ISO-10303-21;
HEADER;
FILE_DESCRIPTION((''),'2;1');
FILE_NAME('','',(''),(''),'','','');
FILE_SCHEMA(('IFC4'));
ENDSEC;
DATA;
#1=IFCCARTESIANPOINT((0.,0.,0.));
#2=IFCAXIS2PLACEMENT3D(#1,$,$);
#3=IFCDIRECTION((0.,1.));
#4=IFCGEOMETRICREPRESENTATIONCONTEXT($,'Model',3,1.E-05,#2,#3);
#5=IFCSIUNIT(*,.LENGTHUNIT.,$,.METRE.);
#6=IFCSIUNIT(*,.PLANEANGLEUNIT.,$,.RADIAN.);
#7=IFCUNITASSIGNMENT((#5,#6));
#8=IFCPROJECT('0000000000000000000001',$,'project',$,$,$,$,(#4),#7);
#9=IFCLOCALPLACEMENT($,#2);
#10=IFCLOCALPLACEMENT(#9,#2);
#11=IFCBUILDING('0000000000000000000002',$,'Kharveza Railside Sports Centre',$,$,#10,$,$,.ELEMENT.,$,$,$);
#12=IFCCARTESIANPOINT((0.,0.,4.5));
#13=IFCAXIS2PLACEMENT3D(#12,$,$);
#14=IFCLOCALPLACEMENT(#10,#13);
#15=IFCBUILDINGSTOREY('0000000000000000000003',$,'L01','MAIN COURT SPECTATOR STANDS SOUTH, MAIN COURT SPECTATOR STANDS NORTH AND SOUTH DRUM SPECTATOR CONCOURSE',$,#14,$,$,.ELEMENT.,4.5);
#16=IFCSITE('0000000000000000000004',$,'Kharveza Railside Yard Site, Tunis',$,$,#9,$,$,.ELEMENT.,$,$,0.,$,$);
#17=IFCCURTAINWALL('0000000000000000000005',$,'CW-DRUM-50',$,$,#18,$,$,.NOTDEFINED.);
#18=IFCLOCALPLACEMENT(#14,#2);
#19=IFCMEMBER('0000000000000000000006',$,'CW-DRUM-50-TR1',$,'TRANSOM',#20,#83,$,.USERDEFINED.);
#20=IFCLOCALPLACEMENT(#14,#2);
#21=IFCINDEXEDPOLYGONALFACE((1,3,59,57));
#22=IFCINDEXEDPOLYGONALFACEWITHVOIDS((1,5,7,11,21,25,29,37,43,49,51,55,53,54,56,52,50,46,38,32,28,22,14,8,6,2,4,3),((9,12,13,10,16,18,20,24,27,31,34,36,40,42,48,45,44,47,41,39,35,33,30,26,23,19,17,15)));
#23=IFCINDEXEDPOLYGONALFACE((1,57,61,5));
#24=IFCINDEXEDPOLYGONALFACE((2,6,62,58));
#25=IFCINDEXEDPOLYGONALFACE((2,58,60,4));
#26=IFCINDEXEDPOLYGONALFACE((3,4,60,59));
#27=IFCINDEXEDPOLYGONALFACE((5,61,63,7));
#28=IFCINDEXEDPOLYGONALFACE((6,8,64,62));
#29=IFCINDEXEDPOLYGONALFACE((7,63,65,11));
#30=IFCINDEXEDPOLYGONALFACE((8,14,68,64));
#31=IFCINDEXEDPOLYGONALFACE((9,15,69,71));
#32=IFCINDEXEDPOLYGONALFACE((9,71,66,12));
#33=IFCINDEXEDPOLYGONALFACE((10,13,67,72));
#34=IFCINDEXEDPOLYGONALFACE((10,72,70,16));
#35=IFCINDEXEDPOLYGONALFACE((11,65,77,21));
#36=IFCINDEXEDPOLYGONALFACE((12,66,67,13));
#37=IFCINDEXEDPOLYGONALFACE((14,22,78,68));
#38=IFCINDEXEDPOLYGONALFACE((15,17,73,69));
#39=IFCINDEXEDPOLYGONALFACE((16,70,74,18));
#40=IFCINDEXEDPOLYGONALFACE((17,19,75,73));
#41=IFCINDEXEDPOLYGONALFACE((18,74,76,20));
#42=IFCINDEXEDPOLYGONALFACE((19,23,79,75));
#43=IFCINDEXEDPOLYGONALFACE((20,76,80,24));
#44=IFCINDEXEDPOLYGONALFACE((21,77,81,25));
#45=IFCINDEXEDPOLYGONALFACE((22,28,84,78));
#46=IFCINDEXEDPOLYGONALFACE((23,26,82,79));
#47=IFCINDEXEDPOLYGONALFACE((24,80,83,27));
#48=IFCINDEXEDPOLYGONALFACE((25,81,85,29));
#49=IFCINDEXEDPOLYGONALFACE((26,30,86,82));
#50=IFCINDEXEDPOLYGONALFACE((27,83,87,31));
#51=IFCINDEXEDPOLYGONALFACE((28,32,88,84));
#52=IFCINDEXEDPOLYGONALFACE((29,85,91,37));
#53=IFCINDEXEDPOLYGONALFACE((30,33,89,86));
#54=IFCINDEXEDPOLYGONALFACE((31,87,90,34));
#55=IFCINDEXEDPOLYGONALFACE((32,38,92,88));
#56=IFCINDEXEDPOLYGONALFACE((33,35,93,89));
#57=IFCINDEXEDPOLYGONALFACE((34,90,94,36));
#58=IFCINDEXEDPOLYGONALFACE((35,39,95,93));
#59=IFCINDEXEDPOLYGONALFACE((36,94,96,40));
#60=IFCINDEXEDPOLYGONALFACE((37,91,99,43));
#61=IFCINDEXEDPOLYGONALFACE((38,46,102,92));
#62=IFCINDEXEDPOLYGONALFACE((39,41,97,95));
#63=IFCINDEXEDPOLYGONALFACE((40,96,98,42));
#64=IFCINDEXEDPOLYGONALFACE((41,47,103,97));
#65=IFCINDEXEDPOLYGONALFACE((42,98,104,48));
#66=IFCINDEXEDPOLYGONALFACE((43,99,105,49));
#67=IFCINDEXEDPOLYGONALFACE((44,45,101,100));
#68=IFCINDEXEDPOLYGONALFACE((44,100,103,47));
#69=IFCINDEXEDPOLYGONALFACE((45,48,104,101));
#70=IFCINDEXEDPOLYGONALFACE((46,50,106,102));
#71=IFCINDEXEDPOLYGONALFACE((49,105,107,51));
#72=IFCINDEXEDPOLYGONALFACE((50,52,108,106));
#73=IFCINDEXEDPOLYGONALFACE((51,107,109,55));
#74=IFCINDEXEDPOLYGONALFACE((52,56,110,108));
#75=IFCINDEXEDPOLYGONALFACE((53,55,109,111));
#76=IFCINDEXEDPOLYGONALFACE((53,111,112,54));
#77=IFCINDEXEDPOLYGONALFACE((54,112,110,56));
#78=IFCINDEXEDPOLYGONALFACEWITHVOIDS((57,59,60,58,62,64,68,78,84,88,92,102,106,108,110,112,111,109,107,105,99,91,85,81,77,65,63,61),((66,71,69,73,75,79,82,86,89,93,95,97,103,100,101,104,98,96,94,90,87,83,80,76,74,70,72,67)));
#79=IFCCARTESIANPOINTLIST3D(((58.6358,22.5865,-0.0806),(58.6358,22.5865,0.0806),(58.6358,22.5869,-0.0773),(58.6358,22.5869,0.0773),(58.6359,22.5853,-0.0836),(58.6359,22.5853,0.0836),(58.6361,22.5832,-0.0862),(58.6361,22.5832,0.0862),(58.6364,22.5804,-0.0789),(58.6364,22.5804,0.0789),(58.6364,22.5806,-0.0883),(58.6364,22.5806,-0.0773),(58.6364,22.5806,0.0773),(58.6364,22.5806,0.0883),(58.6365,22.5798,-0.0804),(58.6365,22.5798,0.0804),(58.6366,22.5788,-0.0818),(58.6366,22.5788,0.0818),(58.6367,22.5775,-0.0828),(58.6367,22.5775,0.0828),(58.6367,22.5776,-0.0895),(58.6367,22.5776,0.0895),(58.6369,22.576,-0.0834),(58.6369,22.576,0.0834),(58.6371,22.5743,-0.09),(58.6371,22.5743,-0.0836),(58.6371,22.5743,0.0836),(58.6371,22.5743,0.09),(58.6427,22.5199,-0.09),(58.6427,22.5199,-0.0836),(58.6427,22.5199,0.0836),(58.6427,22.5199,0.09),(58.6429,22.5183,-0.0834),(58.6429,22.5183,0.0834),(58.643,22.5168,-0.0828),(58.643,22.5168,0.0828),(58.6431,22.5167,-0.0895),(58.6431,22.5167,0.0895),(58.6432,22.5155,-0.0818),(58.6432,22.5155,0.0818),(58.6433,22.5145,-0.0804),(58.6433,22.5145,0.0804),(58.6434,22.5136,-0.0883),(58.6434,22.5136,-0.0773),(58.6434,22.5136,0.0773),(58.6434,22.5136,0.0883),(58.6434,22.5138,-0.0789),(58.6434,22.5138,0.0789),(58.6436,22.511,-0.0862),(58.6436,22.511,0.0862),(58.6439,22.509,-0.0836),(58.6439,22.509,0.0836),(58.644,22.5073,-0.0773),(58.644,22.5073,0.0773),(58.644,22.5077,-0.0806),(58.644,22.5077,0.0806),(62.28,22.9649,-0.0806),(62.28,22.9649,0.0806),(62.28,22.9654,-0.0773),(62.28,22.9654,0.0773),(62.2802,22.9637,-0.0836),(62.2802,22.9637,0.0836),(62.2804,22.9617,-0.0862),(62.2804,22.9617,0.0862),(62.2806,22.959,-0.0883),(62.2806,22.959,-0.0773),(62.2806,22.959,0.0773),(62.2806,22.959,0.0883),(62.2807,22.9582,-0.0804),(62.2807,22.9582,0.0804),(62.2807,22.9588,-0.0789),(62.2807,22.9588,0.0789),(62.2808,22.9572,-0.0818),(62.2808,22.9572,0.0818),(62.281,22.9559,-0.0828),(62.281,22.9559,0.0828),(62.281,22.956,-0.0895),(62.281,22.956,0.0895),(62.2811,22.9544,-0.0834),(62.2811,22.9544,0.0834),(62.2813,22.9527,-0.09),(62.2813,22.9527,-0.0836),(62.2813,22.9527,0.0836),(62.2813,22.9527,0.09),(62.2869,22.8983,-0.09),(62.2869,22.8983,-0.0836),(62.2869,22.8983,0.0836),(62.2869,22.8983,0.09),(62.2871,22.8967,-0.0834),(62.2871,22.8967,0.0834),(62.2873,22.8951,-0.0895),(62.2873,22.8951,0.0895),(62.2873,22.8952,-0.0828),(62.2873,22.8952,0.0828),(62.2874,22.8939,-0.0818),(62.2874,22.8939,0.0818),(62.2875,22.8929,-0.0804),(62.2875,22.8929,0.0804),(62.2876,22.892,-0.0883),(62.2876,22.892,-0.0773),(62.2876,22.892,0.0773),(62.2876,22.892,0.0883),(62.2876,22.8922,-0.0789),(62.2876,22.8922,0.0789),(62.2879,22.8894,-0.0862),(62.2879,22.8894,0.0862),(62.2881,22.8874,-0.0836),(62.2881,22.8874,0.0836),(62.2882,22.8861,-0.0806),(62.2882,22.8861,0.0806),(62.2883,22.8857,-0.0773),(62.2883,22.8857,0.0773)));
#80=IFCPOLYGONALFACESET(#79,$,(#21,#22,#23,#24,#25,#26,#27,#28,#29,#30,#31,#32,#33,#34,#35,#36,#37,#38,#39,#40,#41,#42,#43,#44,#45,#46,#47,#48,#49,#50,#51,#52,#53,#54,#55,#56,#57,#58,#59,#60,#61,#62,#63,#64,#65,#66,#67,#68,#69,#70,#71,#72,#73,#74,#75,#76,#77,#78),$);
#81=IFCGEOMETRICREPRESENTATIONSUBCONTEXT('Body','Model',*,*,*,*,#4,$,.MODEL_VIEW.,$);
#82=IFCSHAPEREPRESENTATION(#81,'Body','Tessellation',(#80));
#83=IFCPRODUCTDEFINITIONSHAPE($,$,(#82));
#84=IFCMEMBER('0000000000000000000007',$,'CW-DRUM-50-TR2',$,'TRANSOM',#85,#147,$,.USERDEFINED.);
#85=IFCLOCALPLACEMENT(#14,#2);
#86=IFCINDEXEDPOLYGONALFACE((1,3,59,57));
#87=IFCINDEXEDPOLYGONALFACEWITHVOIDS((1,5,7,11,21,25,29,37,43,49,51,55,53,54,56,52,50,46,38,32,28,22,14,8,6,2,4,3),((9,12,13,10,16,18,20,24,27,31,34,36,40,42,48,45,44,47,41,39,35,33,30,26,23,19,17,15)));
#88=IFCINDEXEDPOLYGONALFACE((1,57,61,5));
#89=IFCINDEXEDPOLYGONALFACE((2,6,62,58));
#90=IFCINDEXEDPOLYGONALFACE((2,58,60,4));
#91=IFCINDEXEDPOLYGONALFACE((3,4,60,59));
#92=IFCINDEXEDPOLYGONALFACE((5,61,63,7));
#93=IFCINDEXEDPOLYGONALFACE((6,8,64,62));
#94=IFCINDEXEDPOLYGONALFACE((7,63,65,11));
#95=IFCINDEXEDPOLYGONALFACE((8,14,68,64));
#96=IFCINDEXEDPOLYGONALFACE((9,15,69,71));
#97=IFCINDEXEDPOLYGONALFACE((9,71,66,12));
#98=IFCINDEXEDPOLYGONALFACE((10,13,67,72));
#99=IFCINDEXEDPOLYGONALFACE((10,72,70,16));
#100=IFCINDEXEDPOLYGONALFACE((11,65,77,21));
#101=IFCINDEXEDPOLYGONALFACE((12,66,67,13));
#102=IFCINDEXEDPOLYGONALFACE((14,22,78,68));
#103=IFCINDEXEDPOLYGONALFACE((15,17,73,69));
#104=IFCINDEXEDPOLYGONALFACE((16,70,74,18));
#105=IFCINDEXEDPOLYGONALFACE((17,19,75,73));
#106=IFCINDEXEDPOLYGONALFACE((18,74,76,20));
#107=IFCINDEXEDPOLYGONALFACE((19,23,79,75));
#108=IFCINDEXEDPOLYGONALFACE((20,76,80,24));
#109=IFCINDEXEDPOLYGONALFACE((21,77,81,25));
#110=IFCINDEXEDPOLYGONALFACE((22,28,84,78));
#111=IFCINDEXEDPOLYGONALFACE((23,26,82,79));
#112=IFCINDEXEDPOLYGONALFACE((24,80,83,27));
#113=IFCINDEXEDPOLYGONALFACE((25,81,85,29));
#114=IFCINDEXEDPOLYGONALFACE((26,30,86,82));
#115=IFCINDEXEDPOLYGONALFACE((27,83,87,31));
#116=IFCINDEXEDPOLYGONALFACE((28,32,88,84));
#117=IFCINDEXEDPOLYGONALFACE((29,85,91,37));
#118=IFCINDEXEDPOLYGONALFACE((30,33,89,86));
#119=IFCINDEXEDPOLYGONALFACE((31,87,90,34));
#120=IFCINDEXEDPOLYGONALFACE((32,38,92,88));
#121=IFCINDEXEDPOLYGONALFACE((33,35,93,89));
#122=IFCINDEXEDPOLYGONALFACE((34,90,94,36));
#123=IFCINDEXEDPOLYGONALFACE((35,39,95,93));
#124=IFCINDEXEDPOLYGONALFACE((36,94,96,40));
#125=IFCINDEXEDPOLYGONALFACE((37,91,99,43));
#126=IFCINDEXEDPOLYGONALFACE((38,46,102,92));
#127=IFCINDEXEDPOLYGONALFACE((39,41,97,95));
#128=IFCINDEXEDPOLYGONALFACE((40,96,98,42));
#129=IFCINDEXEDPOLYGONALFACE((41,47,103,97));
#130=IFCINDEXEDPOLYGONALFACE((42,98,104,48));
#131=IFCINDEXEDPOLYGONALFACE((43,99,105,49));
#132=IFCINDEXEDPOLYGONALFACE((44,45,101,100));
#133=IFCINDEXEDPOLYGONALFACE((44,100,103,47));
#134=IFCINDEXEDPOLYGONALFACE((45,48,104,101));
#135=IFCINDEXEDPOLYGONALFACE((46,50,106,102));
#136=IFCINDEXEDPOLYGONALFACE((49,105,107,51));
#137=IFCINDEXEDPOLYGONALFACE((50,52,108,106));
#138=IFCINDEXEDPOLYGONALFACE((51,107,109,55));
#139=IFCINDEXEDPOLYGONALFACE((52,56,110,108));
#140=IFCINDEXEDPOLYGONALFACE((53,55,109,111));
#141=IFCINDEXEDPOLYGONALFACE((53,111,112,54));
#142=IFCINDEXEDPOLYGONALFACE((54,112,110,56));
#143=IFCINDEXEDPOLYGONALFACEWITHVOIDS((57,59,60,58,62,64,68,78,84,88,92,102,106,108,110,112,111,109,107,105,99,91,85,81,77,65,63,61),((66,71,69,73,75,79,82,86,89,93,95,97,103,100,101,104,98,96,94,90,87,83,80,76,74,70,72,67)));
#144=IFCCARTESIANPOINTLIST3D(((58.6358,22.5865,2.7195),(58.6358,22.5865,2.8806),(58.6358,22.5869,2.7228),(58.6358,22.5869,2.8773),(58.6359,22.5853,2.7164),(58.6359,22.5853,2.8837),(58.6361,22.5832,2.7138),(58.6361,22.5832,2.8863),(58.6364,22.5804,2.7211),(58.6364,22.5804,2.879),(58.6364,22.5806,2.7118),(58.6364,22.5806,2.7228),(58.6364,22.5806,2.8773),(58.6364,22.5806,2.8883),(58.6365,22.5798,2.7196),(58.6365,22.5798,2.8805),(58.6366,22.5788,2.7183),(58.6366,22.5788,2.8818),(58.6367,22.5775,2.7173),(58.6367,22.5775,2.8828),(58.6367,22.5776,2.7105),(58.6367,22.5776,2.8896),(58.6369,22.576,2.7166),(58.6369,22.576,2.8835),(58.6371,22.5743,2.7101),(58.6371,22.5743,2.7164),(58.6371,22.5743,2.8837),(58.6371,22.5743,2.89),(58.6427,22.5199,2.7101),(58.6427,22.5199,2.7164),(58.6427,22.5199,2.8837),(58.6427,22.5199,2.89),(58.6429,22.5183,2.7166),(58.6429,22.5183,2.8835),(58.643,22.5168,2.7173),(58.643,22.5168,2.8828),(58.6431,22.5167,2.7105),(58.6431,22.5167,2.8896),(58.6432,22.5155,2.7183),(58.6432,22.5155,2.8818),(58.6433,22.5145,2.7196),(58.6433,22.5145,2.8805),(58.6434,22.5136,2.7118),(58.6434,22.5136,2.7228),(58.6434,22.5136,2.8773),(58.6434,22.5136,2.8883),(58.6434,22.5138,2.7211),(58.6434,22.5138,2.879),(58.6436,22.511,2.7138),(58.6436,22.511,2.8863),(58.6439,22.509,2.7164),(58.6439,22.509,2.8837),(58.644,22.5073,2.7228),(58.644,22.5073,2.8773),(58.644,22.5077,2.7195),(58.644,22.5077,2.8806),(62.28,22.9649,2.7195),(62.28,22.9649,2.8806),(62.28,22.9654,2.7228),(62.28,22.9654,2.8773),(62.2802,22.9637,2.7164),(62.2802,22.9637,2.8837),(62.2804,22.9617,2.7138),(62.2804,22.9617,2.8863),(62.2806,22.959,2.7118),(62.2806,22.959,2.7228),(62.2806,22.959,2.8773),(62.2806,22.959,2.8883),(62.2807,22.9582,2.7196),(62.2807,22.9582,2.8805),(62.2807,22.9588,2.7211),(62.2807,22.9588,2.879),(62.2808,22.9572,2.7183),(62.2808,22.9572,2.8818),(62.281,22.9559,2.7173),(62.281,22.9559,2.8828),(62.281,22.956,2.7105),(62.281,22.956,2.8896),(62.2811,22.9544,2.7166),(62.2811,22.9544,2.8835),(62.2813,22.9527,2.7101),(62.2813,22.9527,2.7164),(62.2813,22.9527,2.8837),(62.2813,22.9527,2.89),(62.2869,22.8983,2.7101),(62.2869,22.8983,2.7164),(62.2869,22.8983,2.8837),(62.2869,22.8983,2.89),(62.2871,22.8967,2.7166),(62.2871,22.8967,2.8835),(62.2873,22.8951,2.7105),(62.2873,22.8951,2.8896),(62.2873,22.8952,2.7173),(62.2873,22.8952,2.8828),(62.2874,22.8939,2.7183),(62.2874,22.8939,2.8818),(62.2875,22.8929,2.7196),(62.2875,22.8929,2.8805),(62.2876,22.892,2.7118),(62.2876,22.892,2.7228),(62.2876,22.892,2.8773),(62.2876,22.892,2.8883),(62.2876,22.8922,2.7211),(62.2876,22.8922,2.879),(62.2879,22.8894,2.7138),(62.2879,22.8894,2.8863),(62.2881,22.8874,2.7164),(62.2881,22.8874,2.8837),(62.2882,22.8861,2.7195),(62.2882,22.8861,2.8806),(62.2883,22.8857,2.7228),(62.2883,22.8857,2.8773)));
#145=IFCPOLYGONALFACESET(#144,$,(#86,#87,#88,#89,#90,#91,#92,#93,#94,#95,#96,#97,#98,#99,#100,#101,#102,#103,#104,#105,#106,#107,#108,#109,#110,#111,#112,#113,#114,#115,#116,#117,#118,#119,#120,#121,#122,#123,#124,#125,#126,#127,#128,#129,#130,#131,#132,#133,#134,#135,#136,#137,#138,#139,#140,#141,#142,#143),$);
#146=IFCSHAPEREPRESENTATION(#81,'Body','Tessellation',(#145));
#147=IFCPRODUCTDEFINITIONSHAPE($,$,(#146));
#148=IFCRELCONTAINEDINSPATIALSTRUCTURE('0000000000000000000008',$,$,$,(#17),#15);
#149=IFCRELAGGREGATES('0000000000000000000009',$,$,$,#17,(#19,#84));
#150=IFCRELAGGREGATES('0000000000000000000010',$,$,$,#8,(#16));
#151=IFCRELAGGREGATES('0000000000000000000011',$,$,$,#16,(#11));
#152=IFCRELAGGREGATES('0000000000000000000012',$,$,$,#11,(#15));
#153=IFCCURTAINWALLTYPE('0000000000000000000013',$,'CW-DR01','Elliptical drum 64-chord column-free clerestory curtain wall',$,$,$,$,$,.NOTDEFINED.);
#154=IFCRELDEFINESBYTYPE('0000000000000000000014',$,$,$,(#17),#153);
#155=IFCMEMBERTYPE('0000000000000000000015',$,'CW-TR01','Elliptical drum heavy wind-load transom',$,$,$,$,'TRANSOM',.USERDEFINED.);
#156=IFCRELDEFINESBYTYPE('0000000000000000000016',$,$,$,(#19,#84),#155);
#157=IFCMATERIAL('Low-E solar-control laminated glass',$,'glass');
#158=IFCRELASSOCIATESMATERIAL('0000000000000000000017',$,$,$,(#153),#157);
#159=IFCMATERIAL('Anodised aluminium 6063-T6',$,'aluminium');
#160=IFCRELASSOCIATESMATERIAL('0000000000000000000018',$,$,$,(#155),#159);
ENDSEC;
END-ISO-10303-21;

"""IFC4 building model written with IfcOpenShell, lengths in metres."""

from ifc_helpers import new_model, si_unit, direction, frame, origin, origin_2d, place, context, subcontext, project, spatial, hollow_rectangle, extrude, material, material_profile, profile_set, type_object, element, aggregate, save


model = new_model("IFC4")

# Units and contexts
model_context = context("Model", 3, precision=1e-05, world=origin(), true_north=direction((0.0, 1.0)))
body_context = subcontext(model_context, "Body", "Model", "MODEL_VIEW")
ifc_project = project(units=[si_unit("LENGTHUNIT", "METRE"), si_unit("PLANEANGLEUNIT", "RADIAN")], contexts=[model_context])

# Site, building, storey
site_placement = place(None, origin())
site = spatial("IfcSite", under=ifc_project, at=site_placement, Name="Kharveza Railside Yard Site, Tunis", CompositionType="ELEMENT", RefElevation=0.0)
building_placement = place(site_placement, origin())
building = spatial("IfcBuilding", under=site, at=building_placement, Name="Kharveza Railside Sports Centre", CompositionType="ELEMENT")
storey_placement = place(building_placement, frame((0.0, 0.0, 4.5)))
storey = spatial("IfcBuildingStorey", under=building, at=storey_placement, Name="L01", Description="MAIN COURT SPECTATOR STANDS SOUTH, MAIN COURT SPECTATOR STANDS NORTH AND SOUTH DRUM SPECTATOR CONCOURSE", CompositionType="ELEMENT", Elevation=4.5)

# Shared definitions
ifc_material_1 = material(Name="Low-E solar-control laminated glass", Category="glass")
curtain_wall_type = type_object("IfcCurtainWallType", Name="CW-DR01", Description="Elliptical drum 64-chord column-free clerestory curtain wall", PredefinedType="NOTDEFINED", material=ifc_material_1)
ifc_material_2 = material(Name="Anodised aluminium 6063-T6", Category="aluminium")

# Curtain wall
curtain_wall_1_placement = place(storey_placement, origin())
curtain_wall_1 = element("IfcCurtainWall", 1, at=curtain_wall_1_placement, inside=storey, type_object=curtain_wall_type, Name="CW-DRUM-50", PredefinedType="NOTDEFINED")

# Members
ifc_material_profile_1 = material_profile(ifc_material_2, hollow_rectangle(XDim=0.0801, YDim=0.1799, WallThickness=0.0063, InnerFilletRadius=0.0063, OuterFilletRadius=0.0127, at=origin_2d()), Name="RHS 80x180x6.3")
ifc_profile_set_1 = profile_set([ifc_material_profile_1], Name="Anodised aluminium 6063-T6")
member_type_1 = type_object("IfcMemberType", Name="CW-TR01", Description="Elliptical drum heavy wind-load transom", ElementType="TRANSOM", PredefinedType="USERDEFINED", material=ifc_profile_set_1)
member_1_placement = place(storey_placement, frame((58.6399, 22.5471, 0.0), z_axis=(0.994652, 0.103283, 0.0), x_axis=(-0.103283, 0.994652, 0.0)))
member_1 = element("IfcMember", 2, at=member_1_placement, type_object=member_type_1, Name="CW-DRUM-50-TR1", ObjectType="TRANSOM", PredefinedType="USERDEFINED", context=body_context, shape_type="SweptSolid", body=[
    extrude(hollow_rectangle(XDim=0.0801, YDim=0.1799, WallThickness=0.0063, InnerFilletRadius=0.0063, OuterFilletRadius=0.0127, at=origin_2d()), origin(), (0.0, 0.0, 1.0), 3.6638),
])
member_2_placement = place(storey_placement, frame((58.6399, 22.5471, 2.8), z_axis=(0.994652, 0.103283, 0.0), x_axis=(-0.103283, 0.994652, 0.0)))
member_2 = element("IfcMember", 3, at=member_2_placement, type_object=member_type_1, Name="CW-DRUM-50-TR2", ObjectType="TRANSOM", PredefinedType="USERDEFINED", context=body_context, shape_type="SweptSolid", body=[
    extrude(hollow_rectangle(XDim=0.0801, YDim=0.1799, WallThickness=0.0063, InnerFilletRadius=0.0063, OuterFilletRadius=0.0127, at=origin_2d()), origin(), (0.0, 0.0, 1.0), 3.6638),
])

aggregate(curtain_wall_1, [member_1, member_2])

save(model, "model.ifc")
